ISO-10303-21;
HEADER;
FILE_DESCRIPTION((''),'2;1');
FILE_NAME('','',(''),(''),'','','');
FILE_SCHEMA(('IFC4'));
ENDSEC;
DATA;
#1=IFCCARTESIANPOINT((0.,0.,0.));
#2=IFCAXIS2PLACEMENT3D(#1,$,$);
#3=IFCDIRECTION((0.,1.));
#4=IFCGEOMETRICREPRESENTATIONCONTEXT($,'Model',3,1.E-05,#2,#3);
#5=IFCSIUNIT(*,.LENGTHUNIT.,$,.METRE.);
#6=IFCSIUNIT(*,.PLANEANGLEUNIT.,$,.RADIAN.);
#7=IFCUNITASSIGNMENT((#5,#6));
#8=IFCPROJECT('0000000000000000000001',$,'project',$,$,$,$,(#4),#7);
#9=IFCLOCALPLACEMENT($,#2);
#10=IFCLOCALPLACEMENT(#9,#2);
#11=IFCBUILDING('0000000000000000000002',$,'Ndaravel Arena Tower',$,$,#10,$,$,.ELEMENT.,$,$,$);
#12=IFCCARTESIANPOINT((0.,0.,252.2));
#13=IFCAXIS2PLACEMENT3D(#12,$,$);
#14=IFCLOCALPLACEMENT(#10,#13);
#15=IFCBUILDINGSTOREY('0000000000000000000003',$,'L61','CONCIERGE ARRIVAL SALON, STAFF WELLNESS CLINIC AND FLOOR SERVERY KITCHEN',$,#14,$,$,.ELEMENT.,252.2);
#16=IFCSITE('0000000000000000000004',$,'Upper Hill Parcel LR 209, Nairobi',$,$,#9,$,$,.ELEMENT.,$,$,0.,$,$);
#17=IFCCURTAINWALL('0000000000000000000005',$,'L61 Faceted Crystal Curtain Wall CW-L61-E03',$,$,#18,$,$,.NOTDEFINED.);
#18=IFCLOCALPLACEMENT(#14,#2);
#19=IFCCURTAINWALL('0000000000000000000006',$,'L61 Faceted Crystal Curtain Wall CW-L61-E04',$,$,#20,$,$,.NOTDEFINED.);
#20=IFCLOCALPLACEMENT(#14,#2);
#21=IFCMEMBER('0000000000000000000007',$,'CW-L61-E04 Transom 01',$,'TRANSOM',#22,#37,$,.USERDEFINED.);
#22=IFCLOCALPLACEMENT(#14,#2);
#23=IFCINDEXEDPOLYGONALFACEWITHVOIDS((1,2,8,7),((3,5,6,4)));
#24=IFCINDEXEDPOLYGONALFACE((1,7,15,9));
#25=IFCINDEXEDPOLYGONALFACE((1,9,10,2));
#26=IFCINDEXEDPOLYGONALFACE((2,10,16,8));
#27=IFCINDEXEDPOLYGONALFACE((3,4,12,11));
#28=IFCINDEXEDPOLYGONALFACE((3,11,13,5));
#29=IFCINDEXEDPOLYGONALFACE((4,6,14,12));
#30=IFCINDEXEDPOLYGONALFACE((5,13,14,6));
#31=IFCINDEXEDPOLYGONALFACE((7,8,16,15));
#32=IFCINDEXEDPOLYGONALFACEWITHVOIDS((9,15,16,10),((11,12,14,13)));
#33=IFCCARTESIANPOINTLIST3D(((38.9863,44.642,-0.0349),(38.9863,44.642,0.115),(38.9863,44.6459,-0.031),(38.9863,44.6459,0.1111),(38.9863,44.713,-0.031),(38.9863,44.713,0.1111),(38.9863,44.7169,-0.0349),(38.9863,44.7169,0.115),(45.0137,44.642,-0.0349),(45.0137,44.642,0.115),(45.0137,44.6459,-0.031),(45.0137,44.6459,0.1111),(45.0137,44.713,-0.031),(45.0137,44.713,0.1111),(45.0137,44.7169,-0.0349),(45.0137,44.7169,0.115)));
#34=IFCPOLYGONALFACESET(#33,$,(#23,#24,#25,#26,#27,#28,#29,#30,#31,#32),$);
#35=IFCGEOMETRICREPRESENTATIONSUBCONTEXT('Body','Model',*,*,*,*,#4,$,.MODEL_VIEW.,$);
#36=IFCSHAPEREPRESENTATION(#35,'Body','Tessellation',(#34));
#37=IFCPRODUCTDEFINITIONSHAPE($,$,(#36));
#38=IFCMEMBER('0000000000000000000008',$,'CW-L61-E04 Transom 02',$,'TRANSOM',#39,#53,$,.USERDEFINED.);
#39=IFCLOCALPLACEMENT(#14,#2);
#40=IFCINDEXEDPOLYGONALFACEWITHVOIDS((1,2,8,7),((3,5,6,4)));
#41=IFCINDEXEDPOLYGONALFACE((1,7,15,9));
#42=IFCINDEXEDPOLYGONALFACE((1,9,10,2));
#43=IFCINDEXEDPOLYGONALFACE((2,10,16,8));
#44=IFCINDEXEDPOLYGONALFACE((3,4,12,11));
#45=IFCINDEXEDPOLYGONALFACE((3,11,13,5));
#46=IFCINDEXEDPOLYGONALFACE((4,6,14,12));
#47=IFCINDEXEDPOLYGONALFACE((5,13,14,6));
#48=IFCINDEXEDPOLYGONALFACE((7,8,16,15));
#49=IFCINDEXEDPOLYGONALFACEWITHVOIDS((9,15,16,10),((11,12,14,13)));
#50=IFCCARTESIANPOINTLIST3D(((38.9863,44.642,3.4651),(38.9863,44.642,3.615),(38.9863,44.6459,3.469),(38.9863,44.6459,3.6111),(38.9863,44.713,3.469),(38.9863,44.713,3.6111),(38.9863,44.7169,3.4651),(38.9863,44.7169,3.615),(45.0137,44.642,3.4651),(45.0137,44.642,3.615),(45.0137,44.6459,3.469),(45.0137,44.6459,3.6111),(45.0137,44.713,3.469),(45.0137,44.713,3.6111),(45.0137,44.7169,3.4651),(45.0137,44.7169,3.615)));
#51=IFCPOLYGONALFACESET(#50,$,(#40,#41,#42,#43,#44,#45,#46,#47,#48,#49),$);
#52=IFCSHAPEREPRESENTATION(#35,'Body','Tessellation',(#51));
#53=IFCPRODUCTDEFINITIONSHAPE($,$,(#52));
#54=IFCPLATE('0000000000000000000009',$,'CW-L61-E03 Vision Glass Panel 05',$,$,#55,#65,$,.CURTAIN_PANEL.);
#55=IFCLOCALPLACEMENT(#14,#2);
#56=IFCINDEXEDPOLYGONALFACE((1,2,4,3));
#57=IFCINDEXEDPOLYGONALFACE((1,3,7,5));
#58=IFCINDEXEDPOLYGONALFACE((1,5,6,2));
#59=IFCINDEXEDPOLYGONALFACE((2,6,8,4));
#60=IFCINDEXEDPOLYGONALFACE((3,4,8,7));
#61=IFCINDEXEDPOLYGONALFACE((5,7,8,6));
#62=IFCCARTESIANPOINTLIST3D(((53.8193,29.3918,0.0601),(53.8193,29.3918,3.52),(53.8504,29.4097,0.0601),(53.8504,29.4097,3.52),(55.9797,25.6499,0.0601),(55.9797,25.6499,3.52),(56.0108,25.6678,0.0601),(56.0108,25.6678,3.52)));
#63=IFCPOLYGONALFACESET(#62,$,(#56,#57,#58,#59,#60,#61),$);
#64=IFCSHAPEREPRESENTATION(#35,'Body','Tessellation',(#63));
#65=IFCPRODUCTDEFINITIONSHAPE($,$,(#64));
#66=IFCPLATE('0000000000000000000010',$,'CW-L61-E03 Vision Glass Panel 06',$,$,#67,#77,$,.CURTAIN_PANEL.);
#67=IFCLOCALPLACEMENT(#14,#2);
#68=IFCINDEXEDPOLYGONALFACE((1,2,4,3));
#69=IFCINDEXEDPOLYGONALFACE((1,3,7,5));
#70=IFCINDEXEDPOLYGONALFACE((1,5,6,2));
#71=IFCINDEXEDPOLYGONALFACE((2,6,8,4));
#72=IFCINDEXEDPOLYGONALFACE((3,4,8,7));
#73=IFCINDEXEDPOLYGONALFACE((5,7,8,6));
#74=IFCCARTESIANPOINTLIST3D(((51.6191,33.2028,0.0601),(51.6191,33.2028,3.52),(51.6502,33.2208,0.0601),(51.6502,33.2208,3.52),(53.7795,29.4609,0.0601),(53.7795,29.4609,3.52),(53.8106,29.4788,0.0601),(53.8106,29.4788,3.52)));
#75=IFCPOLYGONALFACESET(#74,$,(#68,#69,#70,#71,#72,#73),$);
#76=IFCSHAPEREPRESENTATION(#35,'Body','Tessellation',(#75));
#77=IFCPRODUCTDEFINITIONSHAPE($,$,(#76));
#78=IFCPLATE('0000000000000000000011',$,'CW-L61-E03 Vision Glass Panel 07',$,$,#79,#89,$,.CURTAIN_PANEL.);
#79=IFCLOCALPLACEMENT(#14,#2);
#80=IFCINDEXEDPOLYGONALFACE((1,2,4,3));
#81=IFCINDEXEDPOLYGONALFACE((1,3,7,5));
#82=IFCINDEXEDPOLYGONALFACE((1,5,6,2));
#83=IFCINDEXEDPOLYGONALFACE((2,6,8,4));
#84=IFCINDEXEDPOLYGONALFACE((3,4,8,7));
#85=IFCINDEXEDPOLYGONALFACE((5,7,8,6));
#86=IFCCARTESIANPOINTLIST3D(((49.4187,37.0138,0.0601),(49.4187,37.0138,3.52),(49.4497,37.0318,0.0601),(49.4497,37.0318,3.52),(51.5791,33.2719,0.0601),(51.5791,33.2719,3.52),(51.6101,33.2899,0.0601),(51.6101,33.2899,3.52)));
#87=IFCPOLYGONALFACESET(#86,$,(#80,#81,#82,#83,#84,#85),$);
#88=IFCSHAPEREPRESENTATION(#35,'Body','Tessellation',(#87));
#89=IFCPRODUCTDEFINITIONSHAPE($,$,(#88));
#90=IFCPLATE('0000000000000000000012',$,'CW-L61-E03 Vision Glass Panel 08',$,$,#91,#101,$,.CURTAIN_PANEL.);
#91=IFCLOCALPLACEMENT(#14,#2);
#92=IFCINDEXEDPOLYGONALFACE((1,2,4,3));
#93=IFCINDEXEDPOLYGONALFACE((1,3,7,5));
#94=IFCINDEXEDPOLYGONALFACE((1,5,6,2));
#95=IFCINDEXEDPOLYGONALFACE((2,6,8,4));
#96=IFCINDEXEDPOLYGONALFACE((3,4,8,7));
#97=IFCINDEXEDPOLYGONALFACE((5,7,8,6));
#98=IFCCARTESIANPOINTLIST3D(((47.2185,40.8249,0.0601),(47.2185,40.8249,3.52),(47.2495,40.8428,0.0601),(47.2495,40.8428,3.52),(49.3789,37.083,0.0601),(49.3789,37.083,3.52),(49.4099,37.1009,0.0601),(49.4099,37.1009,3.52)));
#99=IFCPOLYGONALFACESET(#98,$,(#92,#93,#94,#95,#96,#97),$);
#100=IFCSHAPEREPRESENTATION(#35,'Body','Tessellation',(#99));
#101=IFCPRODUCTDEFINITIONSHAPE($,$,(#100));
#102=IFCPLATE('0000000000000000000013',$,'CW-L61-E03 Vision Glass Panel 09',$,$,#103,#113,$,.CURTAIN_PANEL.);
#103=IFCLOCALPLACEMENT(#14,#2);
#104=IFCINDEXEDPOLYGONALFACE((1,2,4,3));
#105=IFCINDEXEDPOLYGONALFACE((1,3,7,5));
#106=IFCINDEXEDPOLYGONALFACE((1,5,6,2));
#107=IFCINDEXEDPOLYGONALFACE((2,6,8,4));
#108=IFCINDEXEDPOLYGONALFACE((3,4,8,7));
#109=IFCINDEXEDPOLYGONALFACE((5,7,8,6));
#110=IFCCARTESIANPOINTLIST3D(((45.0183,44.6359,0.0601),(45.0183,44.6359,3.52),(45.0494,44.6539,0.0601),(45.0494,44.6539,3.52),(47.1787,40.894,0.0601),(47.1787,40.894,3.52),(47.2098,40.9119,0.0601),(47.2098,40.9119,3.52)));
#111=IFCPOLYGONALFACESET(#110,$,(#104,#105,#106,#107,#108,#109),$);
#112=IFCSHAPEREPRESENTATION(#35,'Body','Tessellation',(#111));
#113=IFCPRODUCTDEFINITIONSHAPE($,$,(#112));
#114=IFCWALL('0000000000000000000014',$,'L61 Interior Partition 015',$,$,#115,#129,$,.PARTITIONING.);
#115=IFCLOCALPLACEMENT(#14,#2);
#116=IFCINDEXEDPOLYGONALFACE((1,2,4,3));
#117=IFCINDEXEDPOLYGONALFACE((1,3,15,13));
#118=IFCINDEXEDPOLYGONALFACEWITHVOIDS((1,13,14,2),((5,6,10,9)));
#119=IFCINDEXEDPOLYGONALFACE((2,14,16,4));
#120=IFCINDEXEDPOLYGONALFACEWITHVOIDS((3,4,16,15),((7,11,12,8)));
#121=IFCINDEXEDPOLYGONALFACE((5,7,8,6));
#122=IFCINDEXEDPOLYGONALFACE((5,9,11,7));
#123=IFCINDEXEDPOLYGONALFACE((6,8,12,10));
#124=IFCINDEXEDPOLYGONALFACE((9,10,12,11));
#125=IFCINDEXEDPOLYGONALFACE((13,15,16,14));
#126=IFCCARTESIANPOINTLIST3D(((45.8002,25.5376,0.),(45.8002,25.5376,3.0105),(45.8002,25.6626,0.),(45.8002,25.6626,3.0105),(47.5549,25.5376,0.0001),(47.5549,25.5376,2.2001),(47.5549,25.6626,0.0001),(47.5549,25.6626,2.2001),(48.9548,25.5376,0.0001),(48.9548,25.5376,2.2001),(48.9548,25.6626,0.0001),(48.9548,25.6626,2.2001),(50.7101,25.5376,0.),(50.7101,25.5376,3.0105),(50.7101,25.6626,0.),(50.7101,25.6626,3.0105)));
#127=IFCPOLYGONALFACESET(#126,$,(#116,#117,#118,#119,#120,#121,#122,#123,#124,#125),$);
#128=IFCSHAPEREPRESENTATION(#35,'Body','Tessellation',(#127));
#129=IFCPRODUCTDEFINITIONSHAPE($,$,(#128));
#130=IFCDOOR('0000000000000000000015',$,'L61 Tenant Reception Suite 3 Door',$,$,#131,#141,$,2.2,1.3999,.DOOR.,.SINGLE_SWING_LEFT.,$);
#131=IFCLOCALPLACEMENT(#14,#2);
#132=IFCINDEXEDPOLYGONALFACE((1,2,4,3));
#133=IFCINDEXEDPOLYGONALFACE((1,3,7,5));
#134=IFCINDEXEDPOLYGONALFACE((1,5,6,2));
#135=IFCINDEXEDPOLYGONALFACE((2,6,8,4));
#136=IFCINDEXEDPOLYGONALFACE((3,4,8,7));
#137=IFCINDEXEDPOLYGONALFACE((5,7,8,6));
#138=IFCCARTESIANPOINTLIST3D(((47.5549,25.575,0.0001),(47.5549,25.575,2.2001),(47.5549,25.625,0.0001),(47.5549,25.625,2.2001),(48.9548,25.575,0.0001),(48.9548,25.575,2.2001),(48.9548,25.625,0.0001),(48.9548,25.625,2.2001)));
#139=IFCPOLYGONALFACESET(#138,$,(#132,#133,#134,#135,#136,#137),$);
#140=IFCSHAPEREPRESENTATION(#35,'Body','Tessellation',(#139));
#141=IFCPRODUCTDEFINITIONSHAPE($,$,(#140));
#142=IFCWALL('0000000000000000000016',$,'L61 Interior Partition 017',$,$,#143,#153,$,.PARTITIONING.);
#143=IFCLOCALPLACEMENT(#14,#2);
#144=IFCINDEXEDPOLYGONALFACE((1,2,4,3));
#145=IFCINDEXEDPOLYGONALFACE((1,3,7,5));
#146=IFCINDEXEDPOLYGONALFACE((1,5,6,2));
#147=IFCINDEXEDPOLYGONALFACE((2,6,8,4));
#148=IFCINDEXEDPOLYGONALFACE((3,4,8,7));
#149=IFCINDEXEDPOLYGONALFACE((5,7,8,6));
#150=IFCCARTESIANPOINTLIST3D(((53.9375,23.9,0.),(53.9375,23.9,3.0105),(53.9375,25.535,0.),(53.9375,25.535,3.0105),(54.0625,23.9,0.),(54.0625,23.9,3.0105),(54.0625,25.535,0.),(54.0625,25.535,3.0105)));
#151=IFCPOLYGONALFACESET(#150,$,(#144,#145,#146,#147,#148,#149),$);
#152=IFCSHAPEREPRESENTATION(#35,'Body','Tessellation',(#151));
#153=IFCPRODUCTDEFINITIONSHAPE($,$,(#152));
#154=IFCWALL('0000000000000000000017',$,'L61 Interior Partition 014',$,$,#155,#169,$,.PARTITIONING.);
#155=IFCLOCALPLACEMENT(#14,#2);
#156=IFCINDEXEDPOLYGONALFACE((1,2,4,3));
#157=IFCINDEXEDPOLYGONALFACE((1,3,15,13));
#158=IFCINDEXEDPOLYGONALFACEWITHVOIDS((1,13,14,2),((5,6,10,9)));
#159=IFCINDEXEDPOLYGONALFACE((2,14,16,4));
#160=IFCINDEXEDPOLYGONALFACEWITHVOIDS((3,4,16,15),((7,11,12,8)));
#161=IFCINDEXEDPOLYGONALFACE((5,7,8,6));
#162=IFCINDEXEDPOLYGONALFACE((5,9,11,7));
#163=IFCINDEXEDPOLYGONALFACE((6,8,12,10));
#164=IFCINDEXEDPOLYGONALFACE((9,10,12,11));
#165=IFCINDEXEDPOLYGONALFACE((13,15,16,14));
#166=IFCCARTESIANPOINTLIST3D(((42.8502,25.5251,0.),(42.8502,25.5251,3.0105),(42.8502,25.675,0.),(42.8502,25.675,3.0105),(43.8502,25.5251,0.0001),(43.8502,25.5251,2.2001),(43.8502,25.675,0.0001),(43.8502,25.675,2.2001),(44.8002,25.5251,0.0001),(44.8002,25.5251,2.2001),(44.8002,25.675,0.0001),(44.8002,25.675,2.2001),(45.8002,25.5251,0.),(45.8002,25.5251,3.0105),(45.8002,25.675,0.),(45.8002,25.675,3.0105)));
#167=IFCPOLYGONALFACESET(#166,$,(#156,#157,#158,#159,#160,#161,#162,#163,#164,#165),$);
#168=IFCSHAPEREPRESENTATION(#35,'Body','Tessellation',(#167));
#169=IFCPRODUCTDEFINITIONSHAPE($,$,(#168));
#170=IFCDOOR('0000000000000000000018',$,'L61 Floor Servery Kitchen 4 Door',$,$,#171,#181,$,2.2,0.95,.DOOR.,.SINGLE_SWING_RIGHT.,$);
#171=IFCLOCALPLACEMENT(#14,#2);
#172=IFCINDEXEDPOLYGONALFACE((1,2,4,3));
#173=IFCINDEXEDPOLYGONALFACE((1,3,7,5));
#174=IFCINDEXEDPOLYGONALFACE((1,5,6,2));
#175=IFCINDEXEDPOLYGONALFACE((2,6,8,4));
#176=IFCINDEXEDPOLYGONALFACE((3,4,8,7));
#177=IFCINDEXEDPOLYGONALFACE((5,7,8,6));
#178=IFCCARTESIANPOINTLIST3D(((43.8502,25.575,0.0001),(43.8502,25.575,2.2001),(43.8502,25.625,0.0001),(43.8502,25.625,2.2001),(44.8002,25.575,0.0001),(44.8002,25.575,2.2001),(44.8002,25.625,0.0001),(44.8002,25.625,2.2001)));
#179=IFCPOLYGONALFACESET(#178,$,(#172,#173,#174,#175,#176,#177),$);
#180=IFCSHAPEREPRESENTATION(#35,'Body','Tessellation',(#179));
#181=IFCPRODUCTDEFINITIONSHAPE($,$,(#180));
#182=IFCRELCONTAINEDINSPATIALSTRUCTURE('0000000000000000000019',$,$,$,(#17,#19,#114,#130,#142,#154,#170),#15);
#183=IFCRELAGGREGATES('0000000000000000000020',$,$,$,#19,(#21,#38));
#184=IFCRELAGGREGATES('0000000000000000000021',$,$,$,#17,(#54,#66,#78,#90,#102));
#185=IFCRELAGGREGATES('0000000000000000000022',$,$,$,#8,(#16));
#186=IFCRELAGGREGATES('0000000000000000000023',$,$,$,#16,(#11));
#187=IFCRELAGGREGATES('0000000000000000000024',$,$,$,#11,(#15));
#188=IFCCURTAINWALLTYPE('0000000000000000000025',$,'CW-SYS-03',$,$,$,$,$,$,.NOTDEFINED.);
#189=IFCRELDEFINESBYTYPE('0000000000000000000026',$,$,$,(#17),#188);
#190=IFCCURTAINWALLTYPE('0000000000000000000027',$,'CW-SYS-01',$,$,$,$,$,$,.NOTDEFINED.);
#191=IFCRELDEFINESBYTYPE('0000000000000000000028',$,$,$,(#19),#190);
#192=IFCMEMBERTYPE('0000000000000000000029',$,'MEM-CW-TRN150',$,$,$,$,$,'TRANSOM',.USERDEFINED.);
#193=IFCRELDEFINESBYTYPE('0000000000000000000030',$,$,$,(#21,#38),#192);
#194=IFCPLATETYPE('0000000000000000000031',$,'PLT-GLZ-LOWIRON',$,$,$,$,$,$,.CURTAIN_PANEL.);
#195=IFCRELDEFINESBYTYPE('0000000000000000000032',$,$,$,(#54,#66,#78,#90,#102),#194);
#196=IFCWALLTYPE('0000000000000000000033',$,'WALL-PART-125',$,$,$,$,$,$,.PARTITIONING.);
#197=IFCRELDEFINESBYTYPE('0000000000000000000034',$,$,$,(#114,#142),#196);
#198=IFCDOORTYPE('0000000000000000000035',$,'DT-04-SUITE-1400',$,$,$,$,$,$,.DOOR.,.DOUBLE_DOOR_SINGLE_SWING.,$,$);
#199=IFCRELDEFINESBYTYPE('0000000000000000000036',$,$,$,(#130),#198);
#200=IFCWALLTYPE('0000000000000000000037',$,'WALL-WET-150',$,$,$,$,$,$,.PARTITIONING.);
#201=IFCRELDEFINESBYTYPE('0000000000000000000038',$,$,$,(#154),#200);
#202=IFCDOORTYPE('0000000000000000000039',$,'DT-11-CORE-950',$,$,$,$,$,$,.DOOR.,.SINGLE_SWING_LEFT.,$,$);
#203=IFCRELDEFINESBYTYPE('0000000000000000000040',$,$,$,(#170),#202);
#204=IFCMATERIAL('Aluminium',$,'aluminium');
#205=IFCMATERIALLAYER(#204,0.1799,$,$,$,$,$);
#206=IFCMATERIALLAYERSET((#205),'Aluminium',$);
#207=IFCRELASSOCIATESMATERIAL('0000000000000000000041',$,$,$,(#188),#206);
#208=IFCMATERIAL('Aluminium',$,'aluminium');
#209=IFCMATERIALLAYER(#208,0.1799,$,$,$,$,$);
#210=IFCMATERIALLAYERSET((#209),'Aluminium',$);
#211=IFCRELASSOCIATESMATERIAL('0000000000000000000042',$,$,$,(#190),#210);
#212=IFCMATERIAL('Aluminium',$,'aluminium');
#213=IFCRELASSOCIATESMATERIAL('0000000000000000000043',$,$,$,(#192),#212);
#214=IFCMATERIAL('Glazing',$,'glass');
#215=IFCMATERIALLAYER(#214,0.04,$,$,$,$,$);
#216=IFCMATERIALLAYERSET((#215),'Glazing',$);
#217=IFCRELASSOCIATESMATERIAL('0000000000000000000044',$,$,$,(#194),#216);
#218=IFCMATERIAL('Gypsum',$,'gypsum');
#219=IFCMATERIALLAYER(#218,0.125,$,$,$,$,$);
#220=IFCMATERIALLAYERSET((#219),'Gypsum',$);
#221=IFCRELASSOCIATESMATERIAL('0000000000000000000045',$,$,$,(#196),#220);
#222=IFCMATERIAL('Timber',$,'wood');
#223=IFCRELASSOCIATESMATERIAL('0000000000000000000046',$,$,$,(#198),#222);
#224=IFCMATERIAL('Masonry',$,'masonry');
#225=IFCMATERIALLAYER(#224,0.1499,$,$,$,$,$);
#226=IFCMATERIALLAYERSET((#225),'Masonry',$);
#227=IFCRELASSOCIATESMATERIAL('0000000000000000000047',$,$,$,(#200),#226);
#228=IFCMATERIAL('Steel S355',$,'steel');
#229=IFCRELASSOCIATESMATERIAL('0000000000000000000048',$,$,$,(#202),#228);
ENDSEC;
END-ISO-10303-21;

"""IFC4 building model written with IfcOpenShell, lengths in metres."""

from ifc_helpers import new_model, si_unit, direction, frame, frame_2d, origin, origin_2d, place, context, subcontext, project, spatial, rectangle, hollow_rectangle, extrude, material, layer, layer_set, material_profile, profile_set, type_object, element, fill, aggregate, save


model = new_model("IFC4")

# Units and contexts
model_context = context("Model", 3, precision=1e-05, world=origin(), true_north=direction((0.0, 1.0)))
body_context = subcontext(model_context, "Body", "Model", "MODEL_VIEW")
ifc_project = project(units=[si_unit("LENGTHUNIT", "METRE"), si_unit("PLANEANGLEUNIT", "RADIAN")], contexts=[model_context])

# Site, building, storey
site_placement = place(None, origin())
site = spatial("IfcSite", under=ifc_project, at=site_placement, Name="Upper Hill Parcel LR 209, Nairobi", CompositionType="ELEMENT", RefElevation=0.0)
building_placement = place(site_placement, origin())
building = spatial("IfcBuilding", under=site, at=building_placement, Name="Ndaravel Arena Tower", CompositionType="ELEMENT")
storey_placement = place(building_placement, frame((0.0, 0.0, 252.2)))
storey = spatial("IfcBuildingStorey", under=building, at=storey_placement, Name="L61", Description="CONCIERGE ARRIVAL SALON, STAFF WELLNESS CLINIC AND FLOOR SERVERY KITCHEN", CompositionType="ELEMENT", Elevation=252.2)

# Curtain walls, members
ifc_material_1 = material(Name="Aluminium", Category="aluminium")
ifc_layer_1 = layer(ifc_material_1, 0.1799)
ifc_layer_set_1 = layer_set([ifc_layer_1], Name="Aluminium")
curtain_wall_type_1 = type_object("IfcCurtainWallType", Name="CW-SYS-03", PredefinedType="NOTDEFINED", material=ifc_layer_set_1)
curtain_wall_1_placement = place(storey_placement, origin())
curtain_wall_1 = element("IfcCurtainWall", 1, at=curtain_wall_1_placement, inside=storey, type_object=curtain_wall_type_1, Name="L61 Faceted Crystal Curtain Wall CW-L61-E03", PredefinedType="NOTDEFINED")
ifc_material_2 = material(Name="Aluminium", Category="aluminium")
ifc_layer_2 = layer(ifc_material_2, 0.1799)
ifc_layer_set_2 = layer_set([ifc_layer_2], Name="Aluminium")
curtain_wall_type_2 = type_object("IfcCurtainWallType", Name="CW-SYS-01", PredefinedType="NOTDEFINED", material=ifc_layer_set_2)
curtain_wall_2_placement = place(storey_placement, origin())
curtain_wall_2 = element("IfcCurtainWall", 2, at=curtain_wall_2_placement, inside=storey, type_object=curtain_wall_type_2, Name="L61 Faceted Crystal Curtain Wall CW-L61-E04", PredefinedType="NOTDEFINED")
ifc_material_3 = material(Name="Aluminium", Category="aluminium")
ifc_material_profile_1 = material_profile(ifc_material_3, hollow_rectangle(XDim=0.075, YDim=0.1499, WallThickness=0.0039, at=origin_2d()), Name="CW TRANSOM 75x150x4")
ifc_profile_set_1 = profile_set([ifc_material_profile_1], Name="Aluminium")
member_type_1 = type_object("IfcMemberType", Name="MEM-CW-TRN150", ElementType="TRANSOM", PredefinedType="USERDEFINED", material=ifc_profile_set_1)
member_1_placement = place(storey_placement, frame((45.0137, 44.6794, 0.04), z_axis=(-1.0, 0.0, 0.0), x_axis=(0.0, -1.0, 0.0)))
member_1 = element("IfcMember", 3, at=member_1_placement, type_object=member_type_1, Name="CW-L61-E04 Transom 01", ObjectType="TRANSOM", PredefinedType="USERDEFINED", context=body_context, shape_type="SweptSolid", body=[
    extrude(hollow_rectangle(XDim=0.075, YDim=0.1499, WallThickness=0.0039, at=origin_2d()), origin(), (0.0, 0.0, 1.0), 6.0273),
])
member_2_placement = place(storey_placement, frame((45.0137, 44.6794, 3.54), z_axis=(-1.0, 0.0, 0.0), x_axis=(0.0, -1.0, 0.0)))
member_2 = element("IfcMember", 4, at=member_2_placement, type_object=member_type_1, Name="CW-L61-E04 Transom 02", ObjectType="TRANSOM", PredefinedType="USERDEFINED", context=body_context, shape_type="SweptSolid", body=[
    extrude(hollow_rectangle(XDim=0.075, YDim=0.1499, WallThickness=0.0039, at=origin_2d()), origin(), (0.0, 0.0, 1.0), 6.0273),
])
aggregate(curtain_wall_2, [member_1, member_2])

# Plates
ifc_material_4 = material(Name="Glazing", Category="glass")
ifc_layer_3 = layer(ifc_material_4, 0.04)
ifc_layer_set_3 = layer_set([ifc_layer_3], Name="Glazing")
plate_type = type_object("IfcPlateType", Name="PLT-GLZ-LOWIRON", PredefinedType="CURTAIN_PANEL", material=ifc_layer_set_3)
plate_1_placement = place(storey_placement, frame((54.915, 27.5298, 0.0601), z_axis=(0.0, 0.0, 1.0), x_axis=(-0.5, 0.866025, 0.0)))
plate_1 = element("IfcPlate", 5, at=plate_1_placement, type_object=plate_type, Name="CW-L61-E03 Vision Glass Panel 05", PredefinedType="CURTAIN_PANEL", context=body_context, shape_type="SweptSolid", body=[
    extrude(rectangle(XDim=4.3208, YDim=0.0359, at=origin_2d()), origin(), (0.0, 0.0, 1.0), 3.46),
])
plate_2_placement = place(storey_placement, frame((52.7148, 31.3408, 0.0601), z_axis=(0.0, 0.0, 1.0), x_axis=(-0.5, 0.866025, 0.0)))
plate_2 = element("IfcPlate", 6, at=plate_2_placement, type_object=plate_type, Name="CW-L61-E03 Vision Glass Panel 06", PredefinedType="CURTAIN_PANEL", context=body_context, shape_type="SweptSolid", body=[
    extrude(rectangle(XDim=4.3208, YDim=0.0359, at=origin_2d()), origin(), (0.0, 0.0, 1.0), 3.46),
])
plate_3_placement = place(storey_placement, frame((50.5144, 35.1519, 0.0601), z_axis=(0.0, 0.0, 1.0), x_axis=(-0.5, 0.866025, 0.0)))
plate_3 = element("IfcPlate", 7, at=plate_3_placement, type_object=plate_type, Name="CW-L61-E03 Vision Glass Panel 07", PredefinedType="CURTAIN_PANEL", context=body_context, shape_type="SweptSolid", body=[
    extrude(rectangle(XDim=4.3208, YDim=0.0359, at=origin_2d()), origin(), (0.0, 0.0, 1.0), 3.46),
])
plate_4_placement = place(storey_placement, frame((48.3142, 38.9629, 0.0601), z_axis=(0.0, 0.0, 1.0), x_axis=(-0.5, 0.866025, 0.0)))
plate_4 = element("IfcPlate", 8, at=plate_4_placement, type_object=plate_type, Name="CW-L61-E03 Vision Glass Panel 08", PredefinedType="CURTAIN_PANEL", context=body_context, shape_type="SweptSolid", body=[
    extrude(rectangle(XDim=4.3208, YDim=0.0359, at=origin_2d()), origin(), (0.0, 0.0, 1.0), 3.46),
])
plate_5_placement = place(storey_placement, frame((46.114, 42.7739, 0.0601), z_axis=(0.0, 0.0, 1.0), x_axis=(-0.5, 0.866025, 0.0)))
plate_5 = element("IfcPlate", 9, at=plate_5_placement, type_object=plate_type, Name="CW-L61-E03 Vision Glass Panel 09", PredefinedType="CURTAIN_PANEL", context=body_context, shape_type="SweptSolid", body=[
    extrude(rectangle(XDim=4.3208, YDim=0.0359, at=origin_2d()), origin(), (0.0, 0.0, 1.0), 3.46),
])
aggregate(curtain_wall_1, [plate_1, plate_2, plate_3, plate_4, plate_5])

# Wall, opening, door
ifc_material_5 = material(Name="Gypsum", Category="gypsum")
ifc_layer_4 = layer(ifc_material_5, 0.125)
ifc_layer_set_4 = layer_set([ifc_layer_4], Name="Gypsum")
wall_type_1 = type_object("IfcWallType", Name="WALL-PART-125", PredefinedType="PARTITIONING", material=ifc_layer_set_4)
wall_1_placement = place(storey_placement, frame((45.8, 25.6001, 0.0), z_axis=(0.0, 0.0, 1.0), x_axis=(1.0, 0.0, 0.0)))
wall_1 = element("IfcWall", 10, at=wall_1_placement, inside=storey, type_object=wall_type_1, Name="L61 Interior Partition 015", PredefinedType="PARTITIONING", context=body_context, shape_type="SweptSolid", body=[
    extrude(rectangle(XDim=4.9099, YDim=0.125, at=frame_2d((2.4551, 0.0))), origin(), (0.0, 0.0, 1.0), 3.0105),
])
opening_1_placement = place(wall_1_placement, frame((1.7549, 0.0, 0.0)))
opening_1 = element("IfcOpeningElement", 11, at=opening_1_placement, cuts=wall_1, PredefinedType="OPENING", context=body_context, shape_type="SweptSolid", body=[
    extrude(rectangle(XDim=1.3999, YDim=2.2, at=frame_2d((0.7, 1.1001))), frame((0.0, 0.0625, 0.0), z_axis=(0.0, -1.0, 0.0), x_axis=(1.0, 0.0, 0.0)), (0.0, 0.0, 1.0), 0.125),
])
ifc_material_6 = material(Name="Timber", Category="wood")
door_type_1 = type_object("IfcDoorType", Name="DT-04-SUITE-1400", OperationType="DOUBLE_DOOR_SINGLE_SWING", PredefinedType="DOOR", material=ifc_material_6)
door_1_placement = place(opening_1_placement, origin())
door_1 = element("IfcDoor", 12, at=door_1_placement, inside=storey, type_object=door_type_1, Name="L61 Tenant Reception Suite 3 Door", OperationType="SINGLE_SWING_LEFT", OverallHeight=2.2, OverallWidth=1.3999, PredefinedType="DOOR", context=body_context, shape_type="SweptSolid", body=[
    extrude(rectangle(XDim=1.3999, YDim=2.2, at=frame_2d((0.7, 1.1001))), frame((0.0, 0.0249, 0.0), z_axis=(0.0, -1.0, 0.0), x_axis=(1.0, 0.0, 0.0)), (0.0, 0.0, 1.0), 0.05),
])
fill(opening_1, door_1)

# Wall
wall_2_placement = place(storey_placement, frame((54.0, 25.5349, 0.0), z_axis=(0.0, 0.0, 1.0), x_axis=(0.0, -1.0, 0.0)))
element("IfcWall", 13, at=wall_2_placement, inside=storey, type_object=wall_type_1, Name="L61 Interior Partition 017", PredefinedType="PARTITIONING", context=body_context, shape_type="SweptSolid", body=[
    extrude(rectangle(XDim=1.635, YDim=0.125, at=frame_2d((0.8174, 0.0))), origin(), (0.0, 0.0, 1.0), 3.0105),
])

# Wall, opening, door
ifc_material_7 = material(Name="Masonry", Category="masonry")
ifc_layer_5 = layer(ifc_material_7, 0.1499)
ifc_layer_set_5 = layer_set([ifc_layer_5], Name="Masonry")
wall_type_2 = type_object("IfcWallType", Name="WALL-WET-150", PredefinedType="PARTITIONING", material=ifc_layer_set_5)
wall_3_placement = place(storey_placement, frame((42.8501, 25.6001, 0.0), z_axis=(0.0, 0.0, 1.0), x_axis=(1.0, 0.0, 0.0)))
wall_3 = element("IfcWall", 14, at=wall_3_placement, inside=storey, type_object=wall_type_2, Name="L61 Interior Partition 014", PredefinedType="PARTITIONING", context=body_context, shape_type="SweptSolid", body=[
    extrude(rectangle(XDim=2.95, YDim=0.1499, at=frame_2d((1.4751, 0.0))), origin(), (0.0, 0.0, 1.0), 3.0105),
])
opening_2_placement = place(wall_3_placement, frame((1.0, 0.0, 0.0)))
opening_2 = element("IfcOpeningElement", 15, at=opening_2_placement, cuts=wall_3, PredefinedType="OPENING", context=body_context, shape_type="SweptSolid", body=[
    extrude(rectangle(XDim=0.95, YDim=2.2, at=frame_2d((0.4751, 1.1001))), frame((0.0, 0.075, 0.0), z_axis=(0.0, -1.0, 0.0), x_axis=(1.0, 0.0, 0.0)), (0.0, 0.0, 1.0), 0.1499),
])
ifc_material_8 = material(Name="Steel S355", Category="steel")
door_type_2 = type_object("IfcDoorType", Name="DT-11-CORE-950", OperationType="SINGLE_SWING_LEFT", PredefinedType="DOOR", material=ifc_material_8)
door_2_placement = place(opening_2_placement, origin())
door_2 = element("IfcDoor", 16, at=door_2_placement, inside=storey, type_object=door_type_2, Name="L61 Floor Servery Kitchen 4 Door", OperationType="SINGLE_SWING_RIGHT", OverallHeight=2.2, OverallWidth=0.95, PredefinedType="DOOR", context=body_context, shape_type="SweptSolid", body=[
    extrude(rectangle(XDim=0.95, YDim=2.2, at=frame_2d((0.4751, 1.1001))), frame((0.0, 0.0249, 0.0), z_axis=(0.0, -1.0, 0.0), x_axis=(1.0, 0.0, 0.0)), (0.0, 0.0, 1.0), 0.05),
])
fill(opening_2, door_2)

save(model, "model.ifc")
